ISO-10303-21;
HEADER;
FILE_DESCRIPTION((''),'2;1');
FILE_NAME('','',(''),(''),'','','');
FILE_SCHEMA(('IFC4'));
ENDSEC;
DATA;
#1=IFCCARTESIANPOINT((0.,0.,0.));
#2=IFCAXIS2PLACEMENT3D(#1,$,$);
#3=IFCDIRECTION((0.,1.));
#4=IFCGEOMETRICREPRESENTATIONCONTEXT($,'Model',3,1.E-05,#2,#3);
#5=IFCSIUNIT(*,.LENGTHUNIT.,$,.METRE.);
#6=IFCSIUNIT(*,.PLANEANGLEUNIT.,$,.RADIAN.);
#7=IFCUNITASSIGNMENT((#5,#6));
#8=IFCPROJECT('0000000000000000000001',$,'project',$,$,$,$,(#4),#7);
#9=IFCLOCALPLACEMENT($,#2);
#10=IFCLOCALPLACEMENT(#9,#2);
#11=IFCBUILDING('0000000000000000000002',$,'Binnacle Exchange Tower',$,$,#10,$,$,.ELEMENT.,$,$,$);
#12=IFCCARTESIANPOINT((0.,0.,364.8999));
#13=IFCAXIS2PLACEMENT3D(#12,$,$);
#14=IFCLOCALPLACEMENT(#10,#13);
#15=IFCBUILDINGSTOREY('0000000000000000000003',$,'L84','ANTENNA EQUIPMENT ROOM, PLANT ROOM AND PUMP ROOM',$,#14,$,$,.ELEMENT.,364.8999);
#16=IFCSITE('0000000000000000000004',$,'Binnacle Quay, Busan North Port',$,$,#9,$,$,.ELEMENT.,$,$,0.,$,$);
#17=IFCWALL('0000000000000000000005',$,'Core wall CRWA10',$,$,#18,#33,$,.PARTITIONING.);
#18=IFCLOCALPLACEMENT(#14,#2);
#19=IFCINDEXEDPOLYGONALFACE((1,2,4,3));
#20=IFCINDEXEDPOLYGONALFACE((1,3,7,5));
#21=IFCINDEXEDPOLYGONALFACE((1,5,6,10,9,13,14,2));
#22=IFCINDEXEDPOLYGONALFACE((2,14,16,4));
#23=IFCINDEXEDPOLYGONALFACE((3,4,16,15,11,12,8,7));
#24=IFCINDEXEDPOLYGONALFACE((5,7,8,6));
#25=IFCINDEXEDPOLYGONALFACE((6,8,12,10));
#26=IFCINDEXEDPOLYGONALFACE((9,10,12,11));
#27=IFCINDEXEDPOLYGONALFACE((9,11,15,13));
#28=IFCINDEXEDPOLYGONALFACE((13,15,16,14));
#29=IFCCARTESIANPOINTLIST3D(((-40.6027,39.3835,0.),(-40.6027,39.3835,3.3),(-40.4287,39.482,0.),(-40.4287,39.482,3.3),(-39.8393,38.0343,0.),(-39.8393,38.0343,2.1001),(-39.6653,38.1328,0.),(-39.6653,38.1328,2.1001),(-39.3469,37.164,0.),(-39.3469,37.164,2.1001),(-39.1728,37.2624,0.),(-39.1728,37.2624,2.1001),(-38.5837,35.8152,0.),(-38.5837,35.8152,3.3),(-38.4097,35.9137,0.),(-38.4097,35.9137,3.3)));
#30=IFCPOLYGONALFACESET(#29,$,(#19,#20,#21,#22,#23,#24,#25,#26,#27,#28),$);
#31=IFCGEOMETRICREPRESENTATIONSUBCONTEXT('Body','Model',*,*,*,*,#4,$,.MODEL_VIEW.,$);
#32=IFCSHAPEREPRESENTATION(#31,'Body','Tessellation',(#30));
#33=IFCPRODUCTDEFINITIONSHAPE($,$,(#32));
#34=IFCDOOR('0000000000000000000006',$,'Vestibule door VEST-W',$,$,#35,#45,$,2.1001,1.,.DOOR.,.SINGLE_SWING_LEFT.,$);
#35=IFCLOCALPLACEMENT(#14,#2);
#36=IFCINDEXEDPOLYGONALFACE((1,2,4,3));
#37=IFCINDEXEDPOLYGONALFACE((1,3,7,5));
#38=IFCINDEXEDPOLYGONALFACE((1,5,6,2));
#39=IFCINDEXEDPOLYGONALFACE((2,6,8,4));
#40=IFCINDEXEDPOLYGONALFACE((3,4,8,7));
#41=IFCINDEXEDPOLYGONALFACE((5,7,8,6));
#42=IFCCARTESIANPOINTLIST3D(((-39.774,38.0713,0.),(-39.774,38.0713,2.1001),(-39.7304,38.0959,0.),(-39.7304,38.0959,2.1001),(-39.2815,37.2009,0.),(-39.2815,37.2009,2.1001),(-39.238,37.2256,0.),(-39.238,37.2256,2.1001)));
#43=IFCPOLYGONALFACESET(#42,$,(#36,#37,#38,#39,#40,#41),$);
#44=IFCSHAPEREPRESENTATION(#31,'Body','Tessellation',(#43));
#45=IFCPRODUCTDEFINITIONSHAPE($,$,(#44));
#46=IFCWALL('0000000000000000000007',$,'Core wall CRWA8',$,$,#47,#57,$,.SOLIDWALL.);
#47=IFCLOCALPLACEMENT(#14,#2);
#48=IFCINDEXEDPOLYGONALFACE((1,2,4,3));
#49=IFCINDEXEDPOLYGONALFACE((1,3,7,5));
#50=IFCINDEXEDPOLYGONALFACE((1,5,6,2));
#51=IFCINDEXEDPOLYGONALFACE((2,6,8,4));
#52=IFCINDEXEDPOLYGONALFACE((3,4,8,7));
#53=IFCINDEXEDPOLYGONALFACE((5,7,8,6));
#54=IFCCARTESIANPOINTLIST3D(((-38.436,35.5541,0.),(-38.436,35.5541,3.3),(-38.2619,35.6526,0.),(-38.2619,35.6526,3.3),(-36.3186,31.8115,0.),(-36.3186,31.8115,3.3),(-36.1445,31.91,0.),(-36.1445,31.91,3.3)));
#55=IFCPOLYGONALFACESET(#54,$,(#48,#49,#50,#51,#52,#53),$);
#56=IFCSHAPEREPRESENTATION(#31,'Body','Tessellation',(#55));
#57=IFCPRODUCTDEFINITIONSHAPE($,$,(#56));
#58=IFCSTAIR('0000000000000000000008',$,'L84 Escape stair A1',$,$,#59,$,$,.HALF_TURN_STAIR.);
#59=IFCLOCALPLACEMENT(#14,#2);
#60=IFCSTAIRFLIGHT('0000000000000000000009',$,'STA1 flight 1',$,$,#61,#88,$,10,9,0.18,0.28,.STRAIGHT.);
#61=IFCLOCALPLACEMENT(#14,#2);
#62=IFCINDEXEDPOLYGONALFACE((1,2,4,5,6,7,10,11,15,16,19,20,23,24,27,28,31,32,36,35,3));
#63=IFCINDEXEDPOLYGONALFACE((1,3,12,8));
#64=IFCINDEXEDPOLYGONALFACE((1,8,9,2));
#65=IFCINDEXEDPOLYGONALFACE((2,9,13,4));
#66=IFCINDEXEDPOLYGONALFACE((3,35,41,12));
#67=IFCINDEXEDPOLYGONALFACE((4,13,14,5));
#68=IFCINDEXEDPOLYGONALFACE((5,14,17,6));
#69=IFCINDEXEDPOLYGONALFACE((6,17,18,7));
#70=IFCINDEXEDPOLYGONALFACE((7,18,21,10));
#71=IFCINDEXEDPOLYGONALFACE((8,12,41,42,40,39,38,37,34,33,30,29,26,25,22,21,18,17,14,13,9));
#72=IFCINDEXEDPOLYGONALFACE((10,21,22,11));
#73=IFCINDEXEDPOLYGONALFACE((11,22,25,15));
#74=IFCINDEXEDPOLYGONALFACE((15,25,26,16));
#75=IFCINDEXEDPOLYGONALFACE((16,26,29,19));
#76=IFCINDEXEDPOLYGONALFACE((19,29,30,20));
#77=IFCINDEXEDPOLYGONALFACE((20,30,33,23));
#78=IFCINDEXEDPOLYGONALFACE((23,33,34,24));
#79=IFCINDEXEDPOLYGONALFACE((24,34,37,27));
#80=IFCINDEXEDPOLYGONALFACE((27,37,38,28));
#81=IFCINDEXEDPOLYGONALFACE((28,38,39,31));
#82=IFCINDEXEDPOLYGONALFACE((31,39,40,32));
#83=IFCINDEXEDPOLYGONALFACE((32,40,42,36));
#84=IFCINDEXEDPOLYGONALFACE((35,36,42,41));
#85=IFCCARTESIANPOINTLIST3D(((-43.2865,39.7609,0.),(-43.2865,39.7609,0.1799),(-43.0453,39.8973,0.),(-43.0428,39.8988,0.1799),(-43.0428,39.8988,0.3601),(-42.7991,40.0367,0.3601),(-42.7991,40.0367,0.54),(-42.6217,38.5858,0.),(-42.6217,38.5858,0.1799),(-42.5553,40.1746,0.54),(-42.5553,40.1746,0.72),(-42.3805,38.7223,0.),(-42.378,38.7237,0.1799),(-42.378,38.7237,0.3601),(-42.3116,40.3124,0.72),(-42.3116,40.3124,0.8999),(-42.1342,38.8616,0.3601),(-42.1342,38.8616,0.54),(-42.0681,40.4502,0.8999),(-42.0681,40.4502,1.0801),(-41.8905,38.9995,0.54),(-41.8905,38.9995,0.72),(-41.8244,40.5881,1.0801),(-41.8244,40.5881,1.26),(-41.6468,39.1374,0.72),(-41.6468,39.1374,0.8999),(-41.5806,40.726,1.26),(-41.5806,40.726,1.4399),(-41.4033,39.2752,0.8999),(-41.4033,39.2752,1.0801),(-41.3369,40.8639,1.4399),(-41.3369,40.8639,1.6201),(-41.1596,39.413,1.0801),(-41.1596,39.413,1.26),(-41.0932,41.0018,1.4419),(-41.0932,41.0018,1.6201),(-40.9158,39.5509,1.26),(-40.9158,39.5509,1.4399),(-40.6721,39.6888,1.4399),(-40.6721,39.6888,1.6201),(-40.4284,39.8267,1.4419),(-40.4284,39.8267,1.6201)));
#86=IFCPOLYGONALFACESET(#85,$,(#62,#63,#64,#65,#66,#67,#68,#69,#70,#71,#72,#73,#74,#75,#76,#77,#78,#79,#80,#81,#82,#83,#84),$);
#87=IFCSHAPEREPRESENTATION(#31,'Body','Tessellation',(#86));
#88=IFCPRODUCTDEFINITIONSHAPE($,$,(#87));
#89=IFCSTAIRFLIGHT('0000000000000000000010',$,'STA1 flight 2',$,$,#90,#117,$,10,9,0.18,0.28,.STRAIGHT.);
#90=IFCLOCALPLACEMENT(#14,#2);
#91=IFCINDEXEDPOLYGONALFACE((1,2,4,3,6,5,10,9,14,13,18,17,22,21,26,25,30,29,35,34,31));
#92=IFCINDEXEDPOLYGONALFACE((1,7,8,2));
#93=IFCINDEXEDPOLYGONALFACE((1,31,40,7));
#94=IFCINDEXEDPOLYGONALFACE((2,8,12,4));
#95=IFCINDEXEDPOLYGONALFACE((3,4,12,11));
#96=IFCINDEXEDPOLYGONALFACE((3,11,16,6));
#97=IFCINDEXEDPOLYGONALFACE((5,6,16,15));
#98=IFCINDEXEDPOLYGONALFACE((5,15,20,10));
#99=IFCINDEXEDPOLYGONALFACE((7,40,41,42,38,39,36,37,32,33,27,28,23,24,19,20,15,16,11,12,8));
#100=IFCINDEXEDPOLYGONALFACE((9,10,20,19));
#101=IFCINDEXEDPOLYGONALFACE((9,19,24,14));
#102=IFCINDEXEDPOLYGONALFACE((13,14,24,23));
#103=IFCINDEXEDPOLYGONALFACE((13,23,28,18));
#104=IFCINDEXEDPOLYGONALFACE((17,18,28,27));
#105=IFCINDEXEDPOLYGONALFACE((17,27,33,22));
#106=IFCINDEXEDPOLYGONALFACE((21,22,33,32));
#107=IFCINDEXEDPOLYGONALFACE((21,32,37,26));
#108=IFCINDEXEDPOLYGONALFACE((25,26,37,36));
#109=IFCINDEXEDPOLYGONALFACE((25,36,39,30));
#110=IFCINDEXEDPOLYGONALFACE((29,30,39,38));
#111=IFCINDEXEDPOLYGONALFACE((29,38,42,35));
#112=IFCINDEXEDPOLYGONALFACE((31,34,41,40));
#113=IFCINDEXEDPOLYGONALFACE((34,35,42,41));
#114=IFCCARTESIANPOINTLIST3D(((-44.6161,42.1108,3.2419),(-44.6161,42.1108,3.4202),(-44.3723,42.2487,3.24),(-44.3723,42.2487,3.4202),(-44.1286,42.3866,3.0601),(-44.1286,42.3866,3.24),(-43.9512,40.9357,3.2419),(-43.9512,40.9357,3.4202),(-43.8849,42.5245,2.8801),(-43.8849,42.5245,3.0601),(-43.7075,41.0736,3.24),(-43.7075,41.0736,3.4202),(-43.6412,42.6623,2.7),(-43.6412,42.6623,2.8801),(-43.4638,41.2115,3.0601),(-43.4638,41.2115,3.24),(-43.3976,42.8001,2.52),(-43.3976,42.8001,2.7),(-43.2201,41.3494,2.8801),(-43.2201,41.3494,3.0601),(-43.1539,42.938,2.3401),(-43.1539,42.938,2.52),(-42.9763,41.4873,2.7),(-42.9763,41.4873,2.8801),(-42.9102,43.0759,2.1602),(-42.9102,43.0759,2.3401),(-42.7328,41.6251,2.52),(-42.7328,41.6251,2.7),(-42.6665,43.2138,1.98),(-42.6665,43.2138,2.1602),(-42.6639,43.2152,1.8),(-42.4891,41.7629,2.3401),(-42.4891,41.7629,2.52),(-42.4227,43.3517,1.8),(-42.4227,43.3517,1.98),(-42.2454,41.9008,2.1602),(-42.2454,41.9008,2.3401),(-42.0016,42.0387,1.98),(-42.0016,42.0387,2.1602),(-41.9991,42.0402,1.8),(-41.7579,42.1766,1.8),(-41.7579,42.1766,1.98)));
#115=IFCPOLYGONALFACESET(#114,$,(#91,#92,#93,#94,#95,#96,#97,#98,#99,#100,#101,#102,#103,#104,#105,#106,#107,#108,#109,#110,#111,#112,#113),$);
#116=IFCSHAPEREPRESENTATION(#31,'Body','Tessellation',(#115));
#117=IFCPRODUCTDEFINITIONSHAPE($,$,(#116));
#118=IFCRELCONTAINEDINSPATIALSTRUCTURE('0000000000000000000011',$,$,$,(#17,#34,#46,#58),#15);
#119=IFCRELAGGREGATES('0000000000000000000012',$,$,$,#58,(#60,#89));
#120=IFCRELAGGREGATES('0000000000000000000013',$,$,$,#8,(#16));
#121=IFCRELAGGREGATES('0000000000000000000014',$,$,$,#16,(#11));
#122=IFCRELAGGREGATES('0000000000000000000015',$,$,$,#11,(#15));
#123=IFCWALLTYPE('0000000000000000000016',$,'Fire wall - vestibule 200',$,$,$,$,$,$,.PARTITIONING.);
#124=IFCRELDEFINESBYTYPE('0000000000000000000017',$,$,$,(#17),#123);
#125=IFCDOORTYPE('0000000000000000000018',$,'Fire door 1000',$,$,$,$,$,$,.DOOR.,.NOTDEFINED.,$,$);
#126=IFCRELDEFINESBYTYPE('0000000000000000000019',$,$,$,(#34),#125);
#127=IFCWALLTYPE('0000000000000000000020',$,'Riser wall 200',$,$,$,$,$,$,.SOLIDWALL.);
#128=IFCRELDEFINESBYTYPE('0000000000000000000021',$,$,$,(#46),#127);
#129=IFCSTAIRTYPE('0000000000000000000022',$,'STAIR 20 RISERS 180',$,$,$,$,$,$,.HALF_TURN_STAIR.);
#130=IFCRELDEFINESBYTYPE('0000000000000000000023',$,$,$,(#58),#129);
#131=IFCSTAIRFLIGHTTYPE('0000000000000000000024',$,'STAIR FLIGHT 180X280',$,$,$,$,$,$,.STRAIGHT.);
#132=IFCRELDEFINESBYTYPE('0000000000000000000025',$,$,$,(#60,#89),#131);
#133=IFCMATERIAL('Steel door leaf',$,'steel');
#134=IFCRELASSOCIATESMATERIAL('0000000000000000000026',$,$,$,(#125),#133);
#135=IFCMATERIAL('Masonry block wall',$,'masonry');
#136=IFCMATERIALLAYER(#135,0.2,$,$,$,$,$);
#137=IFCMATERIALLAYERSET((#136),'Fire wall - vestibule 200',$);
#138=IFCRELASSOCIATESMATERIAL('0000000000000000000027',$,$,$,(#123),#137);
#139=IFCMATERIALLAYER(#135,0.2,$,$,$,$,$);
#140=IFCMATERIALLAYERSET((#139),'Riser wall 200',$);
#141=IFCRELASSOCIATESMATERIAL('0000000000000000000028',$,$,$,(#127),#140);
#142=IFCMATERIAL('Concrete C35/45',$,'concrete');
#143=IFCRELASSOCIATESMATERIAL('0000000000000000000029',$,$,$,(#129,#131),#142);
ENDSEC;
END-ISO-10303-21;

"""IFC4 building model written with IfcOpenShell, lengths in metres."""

from ifc_helpers import new_model, si_unit, direction, frame, frame_2d, origin, place, context, subcontext, project, spatial, polyline, rectangle, outline, extrude, material, layer, layer_set, type_object, element, fill, aggregate, save


model = new_model("IFC4")

# Units and contexts
model_context = context("Model", 3, precision=1e-05, world=origin(), true_north=direction((0.0, 1.0)))
body_context = subcontext(model_context, "Body", "Model", "MODEL_VIEW")
ifc_project = project(units=[si_unit("LENGTHUNIT", "METRE"), si_unit("PLANEANGLEUNIT", "RADIAN")], contexts=[model_context])

# Site, building, storey
site_placement = place(None, origin())
site = spatial("IfcSite", under=ifc_project, at=site_placement, Name="Binnacle Quay, Busan North Port", CompositionType="ELEMENT", RefElevation=0.0)
building_placement = place(site_placement, origin())
building = spatial("IfcBuilding", under=site, at=building_placement, Name="Binnacle Exchange Tower", CompositionType="ELEMENT")
storey_placement = place(building_placement, frame((0.0, 0.0, 364.8999)))
storey = spatial("IfcBuildingStorey", under=building, at=storey_placement, Name="L84", Description="ANTENNA EQUIPMENT ROOM, PLANT ROOM AND PUMP ROOM", CompositionType="ELEMENT", Elevation=364.8999)

# Shared definitions
ifc_material_1 = material(Name="Steel door leaf", Category="steel")

# Shared definitions
door_type_1 = type_object("IfcDoorType", Name="Fire door 1000", OperationType="NOTDEFINED", PredefinedType="DOOR", material=ifc_material_1)

# Wall, opening, door
ifc_material_2 = material(Name="Masonry block wall", Category="masonry")
ifc_layer_1 = layer(ifc_material_2, 0.2)
ifc_layer_set_1 = layer_set([ifc_layer_1], Name="Fire wall - vestibule 200")
wall_type_1 = type_object("IfcWallType", Name="Fire wall - vestibule 200", PredefinedType="PARTITIONING", material=ifc_layer_set_1)
wall_1_placement = place(storey_placement, frame((-40.5156, 39.4326, 0.0), z_axis=(0.0, 0.0, 1.0), x_axis=(0.492454, -0.870339, 0.0)))
wall_1 = element("IfcWall", 1, at=wall_1_placement, inside=storey, type_object=wall_type_1, Name="Core wall CRWA10", PredefinedType="PARTITIONING", context=body_context, shape_type="SweptSolid", body=[
    extrude(rectangle(XDim=4.0999, YDim=0.2, at=frame_2d((2.0498, 0.0))), origin(), (0.0, 0.0, 1.0), 3.3),
])
opening_1_placement = place(wall_1_placement, frame((1.55, 0.0, 0.0)))
opening_1 = element("IfcOpeningElement", 2, at=opening_1_placement, cuts=wall_1, PredefinedType="OPENING", context=body_context, shape_type="SweptSolid", body=[
    extrude(rectangle(XDim=1.0, YDim=2.1001, at=frame_2d((0.5, 1.05))), frame((0.0, 0.1099, 0.0), z_axis=(0.0, -1.0, 0.0), x_axis=(1.0, 0.0, 0.0)), (0.0, 0.0, 1.0), 0.22),
])
door_1_placement = place(opening_1_placement, frame((1.0, 0.0, 0.0), z_axis=(0.0, 0.0, 1.0), x_axis=(-1.0, 0.0, 0.0)))
door_1 = element("IfcDoor", 3, at=door_1_placement, inside=storey, type_object=door_type_1, Name="Vestibule door VEST-W", OperationType="SINGLE_SWING_LEFT", OverallHeight=2.1001, OverallWidth=1.0, PredefinedType="DOOR", context=body_context, shape_type="SweptSolid", body=[
    extrude(rectangle(XDim=1.0, YDim=2.1001, at=frame_2d((0.5, 1.05))), frame((0.0, 0.0249, 0.0), z_axis=(0.0, -1.0, 0.0), x_axis=(1.0, 0.0, 0.0)), (0.0, 0.0, 1.0), 0.05),
])
fill(opening_1, door_1)

# Wall
ifc_layer_2 = layer(ifc_material_2, 0.2)
ifc_layer_set_2 = layer_set([ifc_layer_2], Name="Riser wall 200")
wall_type_2 = type_object("IfcWallType", Name="Riser wall 200", PredefinedType="SOLIDWALL", material=ifc_layer_set_2)
wall_2_placement = place(storey_placement, frame((-38.3489, 35.6033, 0.0), z_axis=(0.0, 0.0, 1.0), x_axis=(0.492411, -0.870363, 0.0)))
element("IfcWall", 4, at=wall_2_placement, inside=storey, type_object=wall_type_2, Name="Core wall CRWA8", PredefinedType="SOLIDWALL", context=body_context, shape_type="SweptSolid", body=[
    extrude(rectangle(XDim=4.3, YDim=0.2, at=frame_2d((2.1499, 0.0))), origin(), (0.0, 0.0, 1.0), 3.3),
])

# Stair, stair flights
ifc_material_3 = material(Name="Concrete C35/45", Category="concrete")
stair_type = type_object("IfcStairType", Name="STAIR 20 RISERS 180", PredefinedType="HALF_TURN_STAIR", material=ifc_material_3)
stair_placement = place(storey_placement, origin())
stair = element("IfcStair", 5, at=stair_placement, inside=storey, type_object=stair_type, Name="L84 Escape stair A1", PredefinedType="HALF_TURN_STAIR")
stair_flight_type = type_object("IfcStairFlightType", Name="STAIR FLIGHT 180X280", PredefinedType="STRAIGHT", material=ifc_material_3)
stair_flight_1_placement = place(storey_placement, frame((-42.9541, 39.1733, 0.0), z_axis=(0.0, 0.0, 1.0), x_axis=(0.870356, 0.492424, 0.0)))
stair_flight_1 = element("IfcStairFlight", 6, at=stair_flight_1_placement, type_object=stair_flight_type, Name="STA1 flight 1", NumberOfRisers=10, NumberOfTreads=9, PredefinedType="STRAIGHT", RiserHeight=0.18, TreadLength=0.28, context=body_context, shape_type="SweptSolid", body=[
    extrude(outline(polyline([(0.0, 0.0), (0.0, 0.1799), (0.28, 0.1799), (0.28, 0.3601), (0.5601, 0.3601), (0.5601, 0.54), (0.8401, 0.54), (0.8401, 0.72), (1.1201, 0.72), (1.1201, 0.8999), (1.3999, 0.8999), (1.3999, 1.0801), (1.6799, 1.0801), (1.6799, 1.26), (1.96, 1.26), (1.96, 1.4399), (2.24, 1.4399), (2.24, 1.6201), (2.52, 1.6201), (2.52, 1.8), (2.52, 1.4419), (0.2771, 0.0), (0.0, 0.0)])), frame((0.0, 0.675, 0.0), z_axis=(0.0, -1.0, 0.0), x_axis=(1.0, 0.0, 0.0)), (0.0, 0.0, 1.0), 1.3501),
])
stair_flight_2_placement = place(storey_placement, frame((-42.0903, 42.7642, 1.8), z_axis=(0.0, 0.0, 1.0), x_axis=(-0.870356, -0.492424, 0.0)))
stair_flight_2 = element("IfcStairFlight", 7, at=stair_flight_2_placement, type_object=stair_flight_type, Name="STA1 flight 2", NumberOfRisers=10, NumberOfTreads=9, PredefinedType="STRAIGHT", RiserHeight=0.18, TreadLength=0.28, context=body_context, shape_type="SweptSolid", body=[
    extrude(outline(polyline([(0.0, 0.0), (0.0, 0.1799), (0.28, 0.1799), (0.28, 0.3601), (0.5601, 0.3601), (0.5601, 0.54), (0.8401, 0.54), (0.8401, 0.72), (1.1201, 0.72), (1.1201, 0.8999), (1.3999, 0.8999), (1.3999, 1.0801), (1.6799, 1.0801), (1.6799, 1.26), (1.96, 1.26), (1.96, 1.4399), (2.24, 1.4399), (2.24, 1.6201), (2.52, 1.6201), (2.52, 1.8), (2.52, 1.4419), (0.2771, 0.0), (0.0, 0.0)])), frame((0.0, 0.675, 0.0), z_axis=(0.0, -1.0, 0.0), x_axis=(1.0, 0.0, 0.0)), (0.0, 0.0, 1.0), 1.3501),
])
aggregate(stair, [stair_flight_1, stair_flight_2])

save(model, "model.ifc")
